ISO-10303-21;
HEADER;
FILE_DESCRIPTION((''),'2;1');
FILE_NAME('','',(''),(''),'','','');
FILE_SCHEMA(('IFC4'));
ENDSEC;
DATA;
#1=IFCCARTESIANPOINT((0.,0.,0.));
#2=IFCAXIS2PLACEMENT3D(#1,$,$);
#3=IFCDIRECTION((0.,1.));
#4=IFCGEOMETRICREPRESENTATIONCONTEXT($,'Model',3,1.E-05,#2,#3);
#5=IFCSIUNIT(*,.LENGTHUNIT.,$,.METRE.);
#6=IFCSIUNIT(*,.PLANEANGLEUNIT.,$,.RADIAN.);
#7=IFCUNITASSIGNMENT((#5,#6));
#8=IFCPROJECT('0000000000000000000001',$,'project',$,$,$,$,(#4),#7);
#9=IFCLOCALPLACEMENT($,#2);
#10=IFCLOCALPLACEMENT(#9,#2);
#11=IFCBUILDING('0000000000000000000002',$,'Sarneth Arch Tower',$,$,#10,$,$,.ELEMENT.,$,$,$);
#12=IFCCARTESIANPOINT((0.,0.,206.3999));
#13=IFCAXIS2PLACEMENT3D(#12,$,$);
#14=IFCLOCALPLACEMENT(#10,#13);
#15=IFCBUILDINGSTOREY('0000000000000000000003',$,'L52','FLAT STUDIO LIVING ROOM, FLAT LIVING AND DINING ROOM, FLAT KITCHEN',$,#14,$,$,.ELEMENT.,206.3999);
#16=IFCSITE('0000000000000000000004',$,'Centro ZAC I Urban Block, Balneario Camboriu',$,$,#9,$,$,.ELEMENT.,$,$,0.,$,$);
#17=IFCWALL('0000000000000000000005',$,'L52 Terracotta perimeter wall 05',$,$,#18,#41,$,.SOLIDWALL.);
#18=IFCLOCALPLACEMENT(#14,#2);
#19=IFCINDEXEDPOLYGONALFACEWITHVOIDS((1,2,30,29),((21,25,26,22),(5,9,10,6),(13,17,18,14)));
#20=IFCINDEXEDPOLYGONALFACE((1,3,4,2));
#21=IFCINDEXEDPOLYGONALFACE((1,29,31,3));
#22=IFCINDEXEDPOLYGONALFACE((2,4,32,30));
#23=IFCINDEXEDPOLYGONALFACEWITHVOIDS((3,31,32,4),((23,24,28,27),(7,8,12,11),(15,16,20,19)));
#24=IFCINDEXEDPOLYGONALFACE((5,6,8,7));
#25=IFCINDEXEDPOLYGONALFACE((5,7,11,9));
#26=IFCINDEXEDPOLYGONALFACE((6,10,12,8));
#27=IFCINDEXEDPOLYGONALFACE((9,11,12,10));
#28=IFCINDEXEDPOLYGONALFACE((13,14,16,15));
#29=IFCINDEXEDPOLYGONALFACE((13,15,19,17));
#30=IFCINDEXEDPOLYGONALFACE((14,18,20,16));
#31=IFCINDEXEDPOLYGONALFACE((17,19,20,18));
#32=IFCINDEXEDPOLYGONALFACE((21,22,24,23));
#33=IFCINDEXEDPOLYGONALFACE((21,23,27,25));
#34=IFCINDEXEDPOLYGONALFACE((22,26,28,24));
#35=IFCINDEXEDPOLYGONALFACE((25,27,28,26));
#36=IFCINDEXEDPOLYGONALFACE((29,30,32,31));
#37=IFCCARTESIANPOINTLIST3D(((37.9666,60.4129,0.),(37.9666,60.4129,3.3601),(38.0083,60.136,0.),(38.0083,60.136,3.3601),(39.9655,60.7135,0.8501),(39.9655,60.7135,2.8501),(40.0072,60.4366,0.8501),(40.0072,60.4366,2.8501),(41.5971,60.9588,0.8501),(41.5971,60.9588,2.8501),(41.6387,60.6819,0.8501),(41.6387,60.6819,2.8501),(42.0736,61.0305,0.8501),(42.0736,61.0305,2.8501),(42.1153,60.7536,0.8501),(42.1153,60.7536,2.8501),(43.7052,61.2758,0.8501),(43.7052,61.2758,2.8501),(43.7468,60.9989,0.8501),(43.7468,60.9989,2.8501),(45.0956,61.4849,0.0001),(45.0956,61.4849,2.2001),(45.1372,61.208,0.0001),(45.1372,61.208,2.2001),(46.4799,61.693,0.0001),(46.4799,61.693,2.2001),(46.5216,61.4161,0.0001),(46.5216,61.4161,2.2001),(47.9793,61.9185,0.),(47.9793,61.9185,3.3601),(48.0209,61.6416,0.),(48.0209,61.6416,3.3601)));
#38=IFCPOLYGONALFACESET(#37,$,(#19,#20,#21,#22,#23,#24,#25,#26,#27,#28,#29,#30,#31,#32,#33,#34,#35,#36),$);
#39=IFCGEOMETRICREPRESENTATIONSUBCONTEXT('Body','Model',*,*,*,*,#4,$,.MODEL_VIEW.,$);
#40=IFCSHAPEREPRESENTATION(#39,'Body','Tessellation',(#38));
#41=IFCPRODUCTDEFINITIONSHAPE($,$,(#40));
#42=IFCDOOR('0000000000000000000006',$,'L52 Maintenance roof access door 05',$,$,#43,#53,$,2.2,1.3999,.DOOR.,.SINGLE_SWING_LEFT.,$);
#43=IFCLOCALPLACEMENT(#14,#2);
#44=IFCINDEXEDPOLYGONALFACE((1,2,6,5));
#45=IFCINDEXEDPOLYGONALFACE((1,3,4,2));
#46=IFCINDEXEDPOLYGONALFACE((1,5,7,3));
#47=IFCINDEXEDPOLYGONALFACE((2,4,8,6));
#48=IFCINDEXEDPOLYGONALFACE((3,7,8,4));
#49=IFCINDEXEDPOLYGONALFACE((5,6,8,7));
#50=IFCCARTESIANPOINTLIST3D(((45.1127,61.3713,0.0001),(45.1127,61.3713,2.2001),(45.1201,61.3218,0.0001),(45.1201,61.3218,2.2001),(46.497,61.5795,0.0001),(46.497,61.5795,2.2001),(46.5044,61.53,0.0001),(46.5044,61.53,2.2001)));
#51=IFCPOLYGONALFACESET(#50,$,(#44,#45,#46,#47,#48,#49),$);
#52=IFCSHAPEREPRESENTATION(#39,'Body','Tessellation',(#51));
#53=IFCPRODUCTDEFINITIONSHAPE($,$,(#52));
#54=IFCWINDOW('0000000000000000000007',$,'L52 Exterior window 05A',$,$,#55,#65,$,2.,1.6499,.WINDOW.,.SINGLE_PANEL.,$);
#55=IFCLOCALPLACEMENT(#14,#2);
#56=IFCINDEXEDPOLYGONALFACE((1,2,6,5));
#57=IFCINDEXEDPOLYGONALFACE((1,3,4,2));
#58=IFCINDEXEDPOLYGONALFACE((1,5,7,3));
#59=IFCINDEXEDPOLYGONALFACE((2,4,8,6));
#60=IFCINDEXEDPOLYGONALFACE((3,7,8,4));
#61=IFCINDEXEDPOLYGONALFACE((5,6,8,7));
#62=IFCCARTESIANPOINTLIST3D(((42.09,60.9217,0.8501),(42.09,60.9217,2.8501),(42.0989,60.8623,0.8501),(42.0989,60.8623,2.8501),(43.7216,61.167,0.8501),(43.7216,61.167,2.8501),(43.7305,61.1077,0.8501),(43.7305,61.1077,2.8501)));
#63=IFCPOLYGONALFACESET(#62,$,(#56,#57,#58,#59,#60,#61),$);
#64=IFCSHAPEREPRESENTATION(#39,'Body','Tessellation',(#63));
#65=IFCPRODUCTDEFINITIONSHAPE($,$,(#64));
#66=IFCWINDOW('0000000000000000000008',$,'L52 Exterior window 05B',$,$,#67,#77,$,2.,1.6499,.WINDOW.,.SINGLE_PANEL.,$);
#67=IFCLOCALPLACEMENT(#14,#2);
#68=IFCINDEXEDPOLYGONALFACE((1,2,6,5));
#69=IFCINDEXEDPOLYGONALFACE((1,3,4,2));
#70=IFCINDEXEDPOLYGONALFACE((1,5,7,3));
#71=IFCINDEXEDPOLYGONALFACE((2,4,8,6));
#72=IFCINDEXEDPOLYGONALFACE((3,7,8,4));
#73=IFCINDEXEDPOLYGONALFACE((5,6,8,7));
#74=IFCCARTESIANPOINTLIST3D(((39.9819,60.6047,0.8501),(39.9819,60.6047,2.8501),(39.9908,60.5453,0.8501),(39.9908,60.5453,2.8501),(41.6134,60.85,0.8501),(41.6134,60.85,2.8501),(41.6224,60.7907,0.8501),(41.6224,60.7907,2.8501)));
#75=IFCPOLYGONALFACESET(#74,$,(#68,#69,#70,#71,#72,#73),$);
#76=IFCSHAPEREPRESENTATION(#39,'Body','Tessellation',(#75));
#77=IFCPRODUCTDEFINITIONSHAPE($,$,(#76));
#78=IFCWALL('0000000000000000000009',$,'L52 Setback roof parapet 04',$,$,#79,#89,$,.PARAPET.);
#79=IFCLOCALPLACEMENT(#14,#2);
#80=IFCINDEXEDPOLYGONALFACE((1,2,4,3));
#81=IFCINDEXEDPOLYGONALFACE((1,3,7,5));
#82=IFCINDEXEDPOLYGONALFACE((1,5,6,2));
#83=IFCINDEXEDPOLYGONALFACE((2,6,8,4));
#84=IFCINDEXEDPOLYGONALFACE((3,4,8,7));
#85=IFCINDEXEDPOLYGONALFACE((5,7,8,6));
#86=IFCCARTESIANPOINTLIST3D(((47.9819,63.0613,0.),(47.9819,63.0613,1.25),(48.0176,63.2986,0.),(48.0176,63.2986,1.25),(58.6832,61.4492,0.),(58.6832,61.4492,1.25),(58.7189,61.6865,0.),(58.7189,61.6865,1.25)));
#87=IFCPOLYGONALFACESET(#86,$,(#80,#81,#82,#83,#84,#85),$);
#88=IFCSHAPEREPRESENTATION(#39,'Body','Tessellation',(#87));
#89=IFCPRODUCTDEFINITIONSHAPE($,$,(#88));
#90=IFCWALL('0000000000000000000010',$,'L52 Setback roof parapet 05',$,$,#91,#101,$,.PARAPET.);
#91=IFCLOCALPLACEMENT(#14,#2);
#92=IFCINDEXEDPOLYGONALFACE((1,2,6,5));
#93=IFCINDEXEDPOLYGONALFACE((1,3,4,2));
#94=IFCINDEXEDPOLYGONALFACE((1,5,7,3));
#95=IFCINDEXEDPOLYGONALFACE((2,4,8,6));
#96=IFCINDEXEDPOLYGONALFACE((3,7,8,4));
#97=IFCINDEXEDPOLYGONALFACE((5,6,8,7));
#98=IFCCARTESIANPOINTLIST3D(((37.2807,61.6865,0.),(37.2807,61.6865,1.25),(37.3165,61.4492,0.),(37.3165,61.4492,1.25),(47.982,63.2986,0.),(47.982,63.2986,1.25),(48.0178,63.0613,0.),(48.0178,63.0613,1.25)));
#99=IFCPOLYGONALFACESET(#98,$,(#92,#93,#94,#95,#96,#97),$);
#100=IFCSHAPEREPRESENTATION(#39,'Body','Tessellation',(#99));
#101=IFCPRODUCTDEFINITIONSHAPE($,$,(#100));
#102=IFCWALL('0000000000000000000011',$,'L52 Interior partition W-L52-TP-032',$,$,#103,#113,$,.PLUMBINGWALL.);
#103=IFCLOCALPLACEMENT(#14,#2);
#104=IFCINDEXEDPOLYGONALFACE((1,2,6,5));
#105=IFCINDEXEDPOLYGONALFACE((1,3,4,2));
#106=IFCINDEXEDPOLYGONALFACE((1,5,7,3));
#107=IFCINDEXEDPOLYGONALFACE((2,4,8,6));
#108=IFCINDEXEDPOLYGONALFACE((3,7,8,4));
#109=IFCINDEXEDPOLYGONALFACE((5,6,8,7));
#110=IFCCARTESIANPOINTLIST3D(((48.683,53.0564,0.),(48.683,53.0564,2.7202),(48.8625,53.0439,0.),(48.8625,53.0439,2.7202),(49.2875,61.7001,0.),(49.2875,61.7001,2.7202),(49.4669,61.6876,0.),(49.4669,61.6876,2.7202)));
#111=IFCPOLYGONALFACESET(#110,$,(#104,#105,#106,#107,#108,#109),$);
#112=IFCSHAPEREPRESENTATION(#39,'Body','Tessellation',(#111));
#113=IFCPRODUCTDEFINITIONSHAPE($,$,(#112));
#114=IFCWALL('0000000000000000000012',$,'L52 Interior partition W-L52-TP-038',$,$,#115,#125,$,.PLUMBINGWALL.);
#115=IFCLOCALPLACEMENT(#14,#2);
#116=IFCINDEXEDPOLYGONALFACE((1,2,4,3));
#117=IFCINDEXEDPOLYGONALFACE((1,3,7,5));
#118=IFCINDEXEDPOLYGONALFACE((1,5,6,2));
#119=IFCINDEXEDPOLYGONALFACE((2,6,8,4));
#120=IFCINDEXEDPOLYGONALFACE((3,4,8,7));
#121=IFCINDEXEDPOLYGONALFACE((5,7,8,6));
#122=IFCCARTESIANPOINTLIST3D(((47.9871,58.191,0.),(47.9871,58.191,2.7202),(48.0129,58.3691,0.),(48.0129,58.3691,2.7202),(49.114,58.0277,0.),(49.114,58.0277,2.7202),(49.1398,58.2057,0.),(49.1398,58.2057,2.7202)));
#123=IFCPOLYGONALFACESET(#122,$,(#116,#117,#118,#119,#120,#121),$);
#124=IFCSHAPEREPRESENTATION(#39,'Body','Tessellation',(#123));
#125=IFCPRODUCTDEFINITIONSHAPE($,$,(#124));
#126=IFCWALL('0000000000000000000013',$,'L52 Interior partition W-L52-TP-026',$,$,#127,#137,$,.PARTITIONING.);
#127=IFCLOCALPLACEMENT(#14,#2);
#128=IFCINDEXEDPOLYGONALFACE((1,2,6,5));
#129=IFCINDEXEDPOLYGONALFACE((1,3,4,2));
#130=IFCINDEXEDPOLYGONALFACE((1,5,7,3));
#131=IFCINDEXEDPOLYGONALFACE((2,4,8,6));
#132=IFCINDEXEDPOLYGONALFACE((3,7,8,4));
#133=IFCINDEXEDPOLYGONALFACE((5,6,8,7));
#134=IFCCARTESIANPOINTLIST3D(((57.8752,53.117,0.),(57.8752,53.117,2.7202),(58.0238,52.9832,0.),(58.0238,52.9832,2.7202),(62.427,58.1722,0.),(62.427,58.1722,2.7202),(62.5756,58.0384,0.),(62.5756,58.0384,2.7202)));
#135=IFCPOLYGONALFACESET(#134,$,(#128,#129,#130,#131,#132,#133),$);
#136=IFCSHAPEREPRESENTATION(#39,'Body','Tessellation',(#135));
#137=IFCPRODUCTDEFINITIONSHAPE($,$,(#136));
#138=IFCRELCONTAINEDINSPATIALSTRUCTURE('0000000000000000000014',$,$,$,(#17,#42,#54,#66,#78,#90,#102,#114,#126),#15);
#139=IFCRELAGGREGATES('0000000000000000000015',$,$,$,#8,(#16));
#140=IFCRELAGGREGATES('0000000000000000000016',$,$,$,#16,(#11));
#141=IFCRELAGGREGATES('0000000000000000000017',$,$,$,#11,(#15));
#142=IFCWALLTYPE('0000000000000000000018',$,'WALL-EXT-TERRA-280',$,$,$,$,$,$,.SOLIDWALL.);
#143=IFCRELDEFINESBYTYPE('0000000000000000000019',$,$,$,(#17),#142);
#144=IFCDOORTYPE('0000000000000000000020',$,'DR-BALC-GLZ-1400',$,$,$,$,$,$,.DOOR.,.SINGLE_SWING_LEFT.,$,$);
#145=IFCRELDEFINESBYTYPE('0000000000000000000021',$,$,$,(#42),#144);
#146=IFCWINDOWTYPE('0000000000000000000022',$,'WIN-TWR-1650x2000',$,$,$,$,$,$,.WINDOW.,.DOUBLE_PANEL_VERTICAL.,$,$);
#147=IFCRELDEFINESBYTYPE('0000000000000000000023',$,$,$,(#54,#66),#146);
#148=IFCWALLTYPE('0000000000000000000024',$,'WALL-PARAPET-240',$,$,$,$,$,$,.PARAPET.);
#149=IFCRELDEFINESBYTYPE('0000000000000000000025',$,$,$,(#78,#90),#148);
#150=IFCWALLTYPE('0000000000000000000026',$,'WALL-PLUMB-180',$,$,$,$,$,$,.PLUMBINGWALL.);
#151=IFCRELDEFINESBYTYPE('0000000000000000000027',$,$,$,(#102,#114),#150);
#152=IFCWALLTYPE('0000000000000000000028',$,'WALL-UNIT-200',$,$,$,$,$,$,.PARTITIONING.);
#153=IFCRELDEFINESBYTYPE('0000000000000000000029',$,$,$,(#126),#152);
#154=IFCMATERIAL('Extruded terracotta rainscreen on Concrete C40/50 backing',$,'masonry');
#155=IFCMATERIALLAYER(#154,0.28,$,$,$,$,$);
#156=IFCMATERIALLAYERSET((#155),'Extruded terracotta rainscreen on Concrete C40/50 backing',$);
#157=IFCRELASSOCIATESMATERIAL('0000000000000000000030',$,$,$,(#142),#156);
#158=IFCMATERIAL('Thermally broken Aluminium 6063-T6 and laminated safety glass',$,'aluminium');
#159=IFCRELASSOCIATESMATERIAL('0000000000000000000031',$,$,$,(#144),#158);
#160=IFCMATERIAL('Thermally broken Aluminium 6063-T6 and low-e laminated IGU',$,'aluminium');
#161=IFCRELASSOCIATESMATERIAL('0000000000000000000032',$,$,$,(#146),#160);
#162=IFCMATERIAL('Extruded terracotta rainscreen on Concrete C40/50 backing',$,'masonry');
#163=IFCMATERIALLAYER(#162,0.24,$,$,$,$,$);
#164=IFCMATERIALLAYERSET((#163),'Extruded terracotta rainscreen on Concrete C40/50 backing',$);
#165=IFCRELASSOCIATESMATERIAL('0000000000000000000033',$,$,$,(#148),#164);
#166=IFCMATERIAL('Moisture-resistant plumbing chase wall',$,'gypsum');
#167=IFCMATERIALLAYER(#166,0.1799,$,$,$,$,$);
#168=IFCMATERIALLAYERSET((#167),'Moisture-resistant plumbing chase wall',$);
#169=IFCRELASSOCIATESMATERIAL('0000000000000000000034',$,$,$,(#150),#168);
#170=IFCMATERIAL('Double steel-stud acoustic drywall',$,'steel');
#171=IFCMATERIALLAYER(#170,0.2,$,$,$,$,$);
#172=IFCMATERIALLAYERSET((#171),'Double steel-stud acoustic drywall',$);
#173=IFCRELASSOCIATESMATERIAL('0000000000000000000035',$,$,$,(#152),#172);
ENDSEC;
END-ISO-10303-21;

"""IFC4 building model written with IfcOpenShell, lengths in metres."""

from ifc_helpers import new_model, si_unit, direction, frame, frame_2d, origin, place, context, subcontext, project, spatial, rectangle, extrude, material, layer, layer_set, type_object, element, fill, save


model = new_model("IFC4")

# Units and contexts
model_context = context("Model", 3, precision=1e-05, world=origin(), true_north=direction((0.0, 1.0)))
body_context = subcontext(model_context, "Body", "Model", "MODEL_VIEW")
ifc_project = project(units=[si_unit("LENGTHUNIT", "METRE"), si_unit("PLANEANGLEUNIT", "RADIAN")], contexts=[model_context])

# Site, building, storey
site_placement = place(None, origin())
site = spatial("IfcSite", under=ifc_project, at=site_placement, Name="Centro ZAC I Urban Block, Balneario Camboriu", CompositionType="ELEMENT", RefElevation=0.0)
building_placement = place(site_placement, origin())
building = spatial("IfcBuilding", under=site, at=building_placement, Name="Sarneth Arch Tower", CompositionType="ELEMENT")
storey_placement = place(building_placement, frame((0.0, 0.0, 206.3999)))
storey = spatial("IfcBuildingStorey", under=building, at=storey_placement, Name="L52", Description="FLAT STUDIO LIVING ROOM, FLAT LIVING AND DINING ROOM, FLAT KITCHEN", CompositionType="ELEMENT", Elevation=206.3999)

# Shared definitions
ifc_material_1 = material(Name="Extruded terracotta rainscreen on Concrete C40/50 backing", Category="masonry")
ifc_layer_1 = layer(ifc_material_1, 0.28)
ifc_layer_set_1 = layer_set([ifc_layer_1], Name="Extruded terracotta rainscreen on Concrete C40/50 backing")
wall_type_1 = type_object("IfcWallType", Name="WALL-EXT-TERRA-280", PredefinedType="SOLIDWALL", material=ifc_layer_set_1)

# Wall, openings, door, windows
wall_1_placement = place(storey_placement, frame((48.0, 61.78, 0.0), z_axis=(0.0, 0.0, 1.0), x_axis=(-0.988883, -0.148699, 0.0)))
wall_1 = element("IfcWall", 1, at=wall_1_placement, inside=storey, type_object=wall_type_1, Name="L52 Terracotta perimeter wall 05", PredefinedType="SOLIDWALL", context=body_context, shape_type="SweptSolid", body=[
    extrude(rectangle(XDim=10.1252, YDim=0.28, at=frame_2d((5.0625, 0.0))), origin(), (0.0, 0.0, 1.0), 3.3601),
])
opening_1_placement = place(wall_1_placement, frame((1.5161, 0.0, 0.0)))
opening_1 = element("IfcOpeningElement", 2, at=opening_1_placement, cuts=wall_1, PredefinedType="OPENING", context=body_context, shape_type="SweptSolid", body=[
    extrude(rectangle(XDim=1.3999, YDim=2.2, at=frame_2d((0.7, 1.1001))), frame((0.0, 0.1499, 0.0), z_axis=(0.0, -1.0, 0.0), x_axis=(1.0, 0.0, 0.0)), (0.0, 0.0, 1.0), 0.3),
])
opening_2_placement = place(wall_1_placement, frame((4.322, 0.0, 0.8501)))
opening_2 = element("IfcOpeningElement", 3, at=opening_2_placement, cuts=wall_1, PredefinedType="OPENING", context=body_context, shape_type="SweptSolid", body=[
    extrude(rectangle(XDim=1.6499, YDim=2.0, at=frame_2d((0.825, 1.0))), frame((0.0, 0.1499, 0.0), z_axis=(0.0, -1.0, 0.0), x_axis=(1.0, 0.0, 0.0)), (0.0, 0.0, 1.0), 0.3),
])
opening_3_placement = place(wall_1_placement, frame((6.4539, 0.0, 0.8501)))
opening_3 = element("IfcOpeningElement", 4, at=opening_3_placement, cuts=wall_1, PredefinedType="OPENING", context=body_context, shape_type="SweptSolid", body=[
    extrude(rectangle(XDim=1.6499, YDim=2.0, at=frame_2d((0.825, 1.0))), frame((0.0, 0.1499, 0.0), z_axis=(0.0, -1.0, 0.0), x_axis=(1.0, 0.0, 0.0)), (0.0, 0.0, 1.0), 0.3),
])
ifc_material_2 = material(Name="Thermally broken Aluminium 6063-T6 and laminated safety glass", Category="aluminium")
door_type = type_object("IfcDoorType", Name="DR-BALC-GLZ-1400", OperationType="SINGLE_SWING_LEFT", PredefinedType="DOOR", material=ifc_material_2)
door_placement = place(opening_1_placement, origin())
door = element("IfcDoor", 5, at=door_placement, inside=storey, type_object=door_type, Name="L52 Maintenance roof access door 05", OperationType="SINGLE_SWING_LEFT", OverallHeight=2.2, OverallWidth=1.3999, PredefinedType="DOOR", context=body_context, shape_type="SweptSolid", body=[
    extrude(rectangle(XDim=1.3999, YDim=2.2, at=frame_2d((0.7, 1.1001))), frame((0.0, 0.0249, 0.0), z_axis=(0.0, -1.0, 0.0), x_axis=(1.0, 0.0, 0.0)), (0.0, 0.0, 1.0), 0.05),
])
fill(opening_1, door)
ifc_material_3 = material(Name="Thermally broken Aluminium 6063-T6 and low-e laminated IGU", Category="aluminium")
window_type_1 = type_object("IfcWindowType", Name="WIN-TWR-1650x2000", PartitioningType="DOUBLE_PANEL_VERTICAL", PredefinedType="WINDOW", material=ifc_material_3)
window_1_placement = place(opening_2_placement, origin())
window_1 = element("IfcWindow", 6, at=window_1_placement, inside=storey, type_object=window_type_1, Name="L52 Exterior window 05A", OverallHeight=2.0, OverallWidth=1.6499, PartitioningType="SINGLE_PANEL", PredefinedType="WINDOW", context=body_context, shape_type="SweptSolid", body=[
    extrude(rectangle(XDim=1.6499, YDim=2.0, at=frame_2d((0.825, 1.0))), frame((0.0, 0.03, 0.0), z_axis=(0.0, -1.0, 0.0), x_axis=(1.0, 0.0, 0.0)), (0.0, 0.0, 1.0), 0.0601),
])
fill(opening_2, window_1)
window_2_placement = place(opening_3_placement, origin())
window_2 = element("IfcWindow", 7, at=window_2_placement, inside=storey, type_object=window_type_1, Name="L52 Exterior window 05B", OverallHeight=2.0, OverallWidth=1.6499, PartitioningType="SINGLE_PANEL", PredefinedType="WINDOW", context=body_context, shape_type="SweptSolid", body=[
    extrude(rectangle(XDim=1.6499, YDim=2.0, at=frame_2d((0.825, 1.0))), frame((0.0, 0.03, 0.0), z_axis=(0.0, -1.0, 0.0), x_axis=(1.0, 0.0, 0.0)), (0.0, 0.0, 1.0), 0.0601),
])
fill(opening_3, window_2)

# Walls
ifc_material_4 = material(Name="Extruded terracotta rainscreen on Concrete C40/50 backing", Category="masonry")
ifc_layer_2 = layer(ifc_material_4, 0.24)
ifc_layer_set_2 = layer_set([ifc_layer_2], Name="Extruded terracotta rainscreen on Concrete C40/50 backing")
wall_type_2 = type_object("IfcWallType", Name="WALL-PARAPET-240", PredefinedType="PARAPET", material=ifc_layer_set_2)
for number, where, z_axis, x_axis, name in (
    (8, (58.7012, 61.5679, 0.0), (0.0, 0.0, 1.0), (-0.988843, 0.148963, 0.0), "L52 Setback roof parapet 04"),
    (9, (48.0, 63.1799, 0.0), (0.0, 0.0, 1.0), (-0.988843, -0.148963, 0.0), "L52 Setback roof parapet 05"),
):
    element("IfcWall", number, at=place(storey_placement, frame(where, z_axis=z_axis, x_axis=x_axis)), inside=storey, type_object=wall_type_2, Name=name, PredefinedType="PARAPET", context=body_context, shape_type="SweptSolid", body=[
        extrude(rectangle(XDim=10.822, YDim=0.24, at=frame_2d((5.4111, 0.0))), origin(), (0.0, 0.0, 1.0), 1.25),
    ])
ifc_material_5 = material(Name="Moisture-resistant plumbing chase wall", Category="gypsum")
ifc_layer_3 = layer(ifc_material_5, 0.1799)
ifc_layer_set_3 = layer_set([ifc_layer_3], Name="Moisture-resistant plumbing chase wall")
wall_type_3 = type_object("IfcWallType", Name="WALL-PLUMB-180", PredefinedType="PLUMBINGWALL", material=ifc_layer_set_3)
wall_2_placement = place(storey_placement, frame((48.7727, 53.05, 0.0), z_axis=(0.0, 0.0, 1.0), x_axis=(0.069763, 0.997564, 0.0)))
element("IfcWall", 10, at=wall_2_placement, inside=storey, type_object=wall_type_3, Name="L52 Interior partition W-L52-TP-032", PredefinedType="PLUMBINGWALL", context=body_context, shape_type="SweptSolid", body=[
    extrude(rectangle(XDim=8.6648, YDim=0.1799, at=frame_2d((4.3325, 0.0))), origin(), (0.0, 0.0, 1.0), 2.7202),
])
wall_3_placement = place(storey_placement, frame((48.0, 58.28, 0.0), z_axis=(0.0, 0.0, 1.0), x_axis=(0.98966, -0.143432, 0.0)))
element("IfcWall", 11, at=wall_3_placement, inside=storey, type_object=wall_type_3, Name="L52 Interior partition W-L52-TP-038", PredefinedType="PLUMBINGWALL", context=body_context, shape_type="SweptSolid", body=[
    extrude(rectangle(XDim=1.1387, YDim=0.1799, at=frame_2d((0.5693, 0.0))), origin(), (0.0, 0.0, 1.0), 2.7202),
])
ifc_material_6 = material(Name="Double steel-stud acoustic drywall", Category="steel")
ifc_layer_4 = layer(ifc_material_6, 0.2)
ifc_layer_set_4 = layer_set([ifc_layer_4], Name="Double steel-stud acoustic drywall")
wall_type_4 = type_object("IfcWallType", Name="WALL-UNIT-200", PredefinedType="PARTITIONING", material=ifc_layer_set_4)
wall_4_placement = place(storey_placement, frame((57.9495, 53.05, 0.0), z_axis=(0.0, 0.0, 1.0), x_axis=(0.669135, 0.743141, 0.0)))
element("IfcWall", 12, at=wall_4_placement, inside=storey, type_object=wall_type_4, Name="L52 Interior partition W-L52-TP-026", PredefinedType="PARTITIONING", context=body_context, shape_type="SweptSolid", body=[
    extrude(rectangle(XDim=6.8025, YDim=0.2, at=frame_2d((3.4014, 0.0))), origin(), (0.0, 0.0, 1.0), 2.7202),
])

save(model, "model.ifc")
